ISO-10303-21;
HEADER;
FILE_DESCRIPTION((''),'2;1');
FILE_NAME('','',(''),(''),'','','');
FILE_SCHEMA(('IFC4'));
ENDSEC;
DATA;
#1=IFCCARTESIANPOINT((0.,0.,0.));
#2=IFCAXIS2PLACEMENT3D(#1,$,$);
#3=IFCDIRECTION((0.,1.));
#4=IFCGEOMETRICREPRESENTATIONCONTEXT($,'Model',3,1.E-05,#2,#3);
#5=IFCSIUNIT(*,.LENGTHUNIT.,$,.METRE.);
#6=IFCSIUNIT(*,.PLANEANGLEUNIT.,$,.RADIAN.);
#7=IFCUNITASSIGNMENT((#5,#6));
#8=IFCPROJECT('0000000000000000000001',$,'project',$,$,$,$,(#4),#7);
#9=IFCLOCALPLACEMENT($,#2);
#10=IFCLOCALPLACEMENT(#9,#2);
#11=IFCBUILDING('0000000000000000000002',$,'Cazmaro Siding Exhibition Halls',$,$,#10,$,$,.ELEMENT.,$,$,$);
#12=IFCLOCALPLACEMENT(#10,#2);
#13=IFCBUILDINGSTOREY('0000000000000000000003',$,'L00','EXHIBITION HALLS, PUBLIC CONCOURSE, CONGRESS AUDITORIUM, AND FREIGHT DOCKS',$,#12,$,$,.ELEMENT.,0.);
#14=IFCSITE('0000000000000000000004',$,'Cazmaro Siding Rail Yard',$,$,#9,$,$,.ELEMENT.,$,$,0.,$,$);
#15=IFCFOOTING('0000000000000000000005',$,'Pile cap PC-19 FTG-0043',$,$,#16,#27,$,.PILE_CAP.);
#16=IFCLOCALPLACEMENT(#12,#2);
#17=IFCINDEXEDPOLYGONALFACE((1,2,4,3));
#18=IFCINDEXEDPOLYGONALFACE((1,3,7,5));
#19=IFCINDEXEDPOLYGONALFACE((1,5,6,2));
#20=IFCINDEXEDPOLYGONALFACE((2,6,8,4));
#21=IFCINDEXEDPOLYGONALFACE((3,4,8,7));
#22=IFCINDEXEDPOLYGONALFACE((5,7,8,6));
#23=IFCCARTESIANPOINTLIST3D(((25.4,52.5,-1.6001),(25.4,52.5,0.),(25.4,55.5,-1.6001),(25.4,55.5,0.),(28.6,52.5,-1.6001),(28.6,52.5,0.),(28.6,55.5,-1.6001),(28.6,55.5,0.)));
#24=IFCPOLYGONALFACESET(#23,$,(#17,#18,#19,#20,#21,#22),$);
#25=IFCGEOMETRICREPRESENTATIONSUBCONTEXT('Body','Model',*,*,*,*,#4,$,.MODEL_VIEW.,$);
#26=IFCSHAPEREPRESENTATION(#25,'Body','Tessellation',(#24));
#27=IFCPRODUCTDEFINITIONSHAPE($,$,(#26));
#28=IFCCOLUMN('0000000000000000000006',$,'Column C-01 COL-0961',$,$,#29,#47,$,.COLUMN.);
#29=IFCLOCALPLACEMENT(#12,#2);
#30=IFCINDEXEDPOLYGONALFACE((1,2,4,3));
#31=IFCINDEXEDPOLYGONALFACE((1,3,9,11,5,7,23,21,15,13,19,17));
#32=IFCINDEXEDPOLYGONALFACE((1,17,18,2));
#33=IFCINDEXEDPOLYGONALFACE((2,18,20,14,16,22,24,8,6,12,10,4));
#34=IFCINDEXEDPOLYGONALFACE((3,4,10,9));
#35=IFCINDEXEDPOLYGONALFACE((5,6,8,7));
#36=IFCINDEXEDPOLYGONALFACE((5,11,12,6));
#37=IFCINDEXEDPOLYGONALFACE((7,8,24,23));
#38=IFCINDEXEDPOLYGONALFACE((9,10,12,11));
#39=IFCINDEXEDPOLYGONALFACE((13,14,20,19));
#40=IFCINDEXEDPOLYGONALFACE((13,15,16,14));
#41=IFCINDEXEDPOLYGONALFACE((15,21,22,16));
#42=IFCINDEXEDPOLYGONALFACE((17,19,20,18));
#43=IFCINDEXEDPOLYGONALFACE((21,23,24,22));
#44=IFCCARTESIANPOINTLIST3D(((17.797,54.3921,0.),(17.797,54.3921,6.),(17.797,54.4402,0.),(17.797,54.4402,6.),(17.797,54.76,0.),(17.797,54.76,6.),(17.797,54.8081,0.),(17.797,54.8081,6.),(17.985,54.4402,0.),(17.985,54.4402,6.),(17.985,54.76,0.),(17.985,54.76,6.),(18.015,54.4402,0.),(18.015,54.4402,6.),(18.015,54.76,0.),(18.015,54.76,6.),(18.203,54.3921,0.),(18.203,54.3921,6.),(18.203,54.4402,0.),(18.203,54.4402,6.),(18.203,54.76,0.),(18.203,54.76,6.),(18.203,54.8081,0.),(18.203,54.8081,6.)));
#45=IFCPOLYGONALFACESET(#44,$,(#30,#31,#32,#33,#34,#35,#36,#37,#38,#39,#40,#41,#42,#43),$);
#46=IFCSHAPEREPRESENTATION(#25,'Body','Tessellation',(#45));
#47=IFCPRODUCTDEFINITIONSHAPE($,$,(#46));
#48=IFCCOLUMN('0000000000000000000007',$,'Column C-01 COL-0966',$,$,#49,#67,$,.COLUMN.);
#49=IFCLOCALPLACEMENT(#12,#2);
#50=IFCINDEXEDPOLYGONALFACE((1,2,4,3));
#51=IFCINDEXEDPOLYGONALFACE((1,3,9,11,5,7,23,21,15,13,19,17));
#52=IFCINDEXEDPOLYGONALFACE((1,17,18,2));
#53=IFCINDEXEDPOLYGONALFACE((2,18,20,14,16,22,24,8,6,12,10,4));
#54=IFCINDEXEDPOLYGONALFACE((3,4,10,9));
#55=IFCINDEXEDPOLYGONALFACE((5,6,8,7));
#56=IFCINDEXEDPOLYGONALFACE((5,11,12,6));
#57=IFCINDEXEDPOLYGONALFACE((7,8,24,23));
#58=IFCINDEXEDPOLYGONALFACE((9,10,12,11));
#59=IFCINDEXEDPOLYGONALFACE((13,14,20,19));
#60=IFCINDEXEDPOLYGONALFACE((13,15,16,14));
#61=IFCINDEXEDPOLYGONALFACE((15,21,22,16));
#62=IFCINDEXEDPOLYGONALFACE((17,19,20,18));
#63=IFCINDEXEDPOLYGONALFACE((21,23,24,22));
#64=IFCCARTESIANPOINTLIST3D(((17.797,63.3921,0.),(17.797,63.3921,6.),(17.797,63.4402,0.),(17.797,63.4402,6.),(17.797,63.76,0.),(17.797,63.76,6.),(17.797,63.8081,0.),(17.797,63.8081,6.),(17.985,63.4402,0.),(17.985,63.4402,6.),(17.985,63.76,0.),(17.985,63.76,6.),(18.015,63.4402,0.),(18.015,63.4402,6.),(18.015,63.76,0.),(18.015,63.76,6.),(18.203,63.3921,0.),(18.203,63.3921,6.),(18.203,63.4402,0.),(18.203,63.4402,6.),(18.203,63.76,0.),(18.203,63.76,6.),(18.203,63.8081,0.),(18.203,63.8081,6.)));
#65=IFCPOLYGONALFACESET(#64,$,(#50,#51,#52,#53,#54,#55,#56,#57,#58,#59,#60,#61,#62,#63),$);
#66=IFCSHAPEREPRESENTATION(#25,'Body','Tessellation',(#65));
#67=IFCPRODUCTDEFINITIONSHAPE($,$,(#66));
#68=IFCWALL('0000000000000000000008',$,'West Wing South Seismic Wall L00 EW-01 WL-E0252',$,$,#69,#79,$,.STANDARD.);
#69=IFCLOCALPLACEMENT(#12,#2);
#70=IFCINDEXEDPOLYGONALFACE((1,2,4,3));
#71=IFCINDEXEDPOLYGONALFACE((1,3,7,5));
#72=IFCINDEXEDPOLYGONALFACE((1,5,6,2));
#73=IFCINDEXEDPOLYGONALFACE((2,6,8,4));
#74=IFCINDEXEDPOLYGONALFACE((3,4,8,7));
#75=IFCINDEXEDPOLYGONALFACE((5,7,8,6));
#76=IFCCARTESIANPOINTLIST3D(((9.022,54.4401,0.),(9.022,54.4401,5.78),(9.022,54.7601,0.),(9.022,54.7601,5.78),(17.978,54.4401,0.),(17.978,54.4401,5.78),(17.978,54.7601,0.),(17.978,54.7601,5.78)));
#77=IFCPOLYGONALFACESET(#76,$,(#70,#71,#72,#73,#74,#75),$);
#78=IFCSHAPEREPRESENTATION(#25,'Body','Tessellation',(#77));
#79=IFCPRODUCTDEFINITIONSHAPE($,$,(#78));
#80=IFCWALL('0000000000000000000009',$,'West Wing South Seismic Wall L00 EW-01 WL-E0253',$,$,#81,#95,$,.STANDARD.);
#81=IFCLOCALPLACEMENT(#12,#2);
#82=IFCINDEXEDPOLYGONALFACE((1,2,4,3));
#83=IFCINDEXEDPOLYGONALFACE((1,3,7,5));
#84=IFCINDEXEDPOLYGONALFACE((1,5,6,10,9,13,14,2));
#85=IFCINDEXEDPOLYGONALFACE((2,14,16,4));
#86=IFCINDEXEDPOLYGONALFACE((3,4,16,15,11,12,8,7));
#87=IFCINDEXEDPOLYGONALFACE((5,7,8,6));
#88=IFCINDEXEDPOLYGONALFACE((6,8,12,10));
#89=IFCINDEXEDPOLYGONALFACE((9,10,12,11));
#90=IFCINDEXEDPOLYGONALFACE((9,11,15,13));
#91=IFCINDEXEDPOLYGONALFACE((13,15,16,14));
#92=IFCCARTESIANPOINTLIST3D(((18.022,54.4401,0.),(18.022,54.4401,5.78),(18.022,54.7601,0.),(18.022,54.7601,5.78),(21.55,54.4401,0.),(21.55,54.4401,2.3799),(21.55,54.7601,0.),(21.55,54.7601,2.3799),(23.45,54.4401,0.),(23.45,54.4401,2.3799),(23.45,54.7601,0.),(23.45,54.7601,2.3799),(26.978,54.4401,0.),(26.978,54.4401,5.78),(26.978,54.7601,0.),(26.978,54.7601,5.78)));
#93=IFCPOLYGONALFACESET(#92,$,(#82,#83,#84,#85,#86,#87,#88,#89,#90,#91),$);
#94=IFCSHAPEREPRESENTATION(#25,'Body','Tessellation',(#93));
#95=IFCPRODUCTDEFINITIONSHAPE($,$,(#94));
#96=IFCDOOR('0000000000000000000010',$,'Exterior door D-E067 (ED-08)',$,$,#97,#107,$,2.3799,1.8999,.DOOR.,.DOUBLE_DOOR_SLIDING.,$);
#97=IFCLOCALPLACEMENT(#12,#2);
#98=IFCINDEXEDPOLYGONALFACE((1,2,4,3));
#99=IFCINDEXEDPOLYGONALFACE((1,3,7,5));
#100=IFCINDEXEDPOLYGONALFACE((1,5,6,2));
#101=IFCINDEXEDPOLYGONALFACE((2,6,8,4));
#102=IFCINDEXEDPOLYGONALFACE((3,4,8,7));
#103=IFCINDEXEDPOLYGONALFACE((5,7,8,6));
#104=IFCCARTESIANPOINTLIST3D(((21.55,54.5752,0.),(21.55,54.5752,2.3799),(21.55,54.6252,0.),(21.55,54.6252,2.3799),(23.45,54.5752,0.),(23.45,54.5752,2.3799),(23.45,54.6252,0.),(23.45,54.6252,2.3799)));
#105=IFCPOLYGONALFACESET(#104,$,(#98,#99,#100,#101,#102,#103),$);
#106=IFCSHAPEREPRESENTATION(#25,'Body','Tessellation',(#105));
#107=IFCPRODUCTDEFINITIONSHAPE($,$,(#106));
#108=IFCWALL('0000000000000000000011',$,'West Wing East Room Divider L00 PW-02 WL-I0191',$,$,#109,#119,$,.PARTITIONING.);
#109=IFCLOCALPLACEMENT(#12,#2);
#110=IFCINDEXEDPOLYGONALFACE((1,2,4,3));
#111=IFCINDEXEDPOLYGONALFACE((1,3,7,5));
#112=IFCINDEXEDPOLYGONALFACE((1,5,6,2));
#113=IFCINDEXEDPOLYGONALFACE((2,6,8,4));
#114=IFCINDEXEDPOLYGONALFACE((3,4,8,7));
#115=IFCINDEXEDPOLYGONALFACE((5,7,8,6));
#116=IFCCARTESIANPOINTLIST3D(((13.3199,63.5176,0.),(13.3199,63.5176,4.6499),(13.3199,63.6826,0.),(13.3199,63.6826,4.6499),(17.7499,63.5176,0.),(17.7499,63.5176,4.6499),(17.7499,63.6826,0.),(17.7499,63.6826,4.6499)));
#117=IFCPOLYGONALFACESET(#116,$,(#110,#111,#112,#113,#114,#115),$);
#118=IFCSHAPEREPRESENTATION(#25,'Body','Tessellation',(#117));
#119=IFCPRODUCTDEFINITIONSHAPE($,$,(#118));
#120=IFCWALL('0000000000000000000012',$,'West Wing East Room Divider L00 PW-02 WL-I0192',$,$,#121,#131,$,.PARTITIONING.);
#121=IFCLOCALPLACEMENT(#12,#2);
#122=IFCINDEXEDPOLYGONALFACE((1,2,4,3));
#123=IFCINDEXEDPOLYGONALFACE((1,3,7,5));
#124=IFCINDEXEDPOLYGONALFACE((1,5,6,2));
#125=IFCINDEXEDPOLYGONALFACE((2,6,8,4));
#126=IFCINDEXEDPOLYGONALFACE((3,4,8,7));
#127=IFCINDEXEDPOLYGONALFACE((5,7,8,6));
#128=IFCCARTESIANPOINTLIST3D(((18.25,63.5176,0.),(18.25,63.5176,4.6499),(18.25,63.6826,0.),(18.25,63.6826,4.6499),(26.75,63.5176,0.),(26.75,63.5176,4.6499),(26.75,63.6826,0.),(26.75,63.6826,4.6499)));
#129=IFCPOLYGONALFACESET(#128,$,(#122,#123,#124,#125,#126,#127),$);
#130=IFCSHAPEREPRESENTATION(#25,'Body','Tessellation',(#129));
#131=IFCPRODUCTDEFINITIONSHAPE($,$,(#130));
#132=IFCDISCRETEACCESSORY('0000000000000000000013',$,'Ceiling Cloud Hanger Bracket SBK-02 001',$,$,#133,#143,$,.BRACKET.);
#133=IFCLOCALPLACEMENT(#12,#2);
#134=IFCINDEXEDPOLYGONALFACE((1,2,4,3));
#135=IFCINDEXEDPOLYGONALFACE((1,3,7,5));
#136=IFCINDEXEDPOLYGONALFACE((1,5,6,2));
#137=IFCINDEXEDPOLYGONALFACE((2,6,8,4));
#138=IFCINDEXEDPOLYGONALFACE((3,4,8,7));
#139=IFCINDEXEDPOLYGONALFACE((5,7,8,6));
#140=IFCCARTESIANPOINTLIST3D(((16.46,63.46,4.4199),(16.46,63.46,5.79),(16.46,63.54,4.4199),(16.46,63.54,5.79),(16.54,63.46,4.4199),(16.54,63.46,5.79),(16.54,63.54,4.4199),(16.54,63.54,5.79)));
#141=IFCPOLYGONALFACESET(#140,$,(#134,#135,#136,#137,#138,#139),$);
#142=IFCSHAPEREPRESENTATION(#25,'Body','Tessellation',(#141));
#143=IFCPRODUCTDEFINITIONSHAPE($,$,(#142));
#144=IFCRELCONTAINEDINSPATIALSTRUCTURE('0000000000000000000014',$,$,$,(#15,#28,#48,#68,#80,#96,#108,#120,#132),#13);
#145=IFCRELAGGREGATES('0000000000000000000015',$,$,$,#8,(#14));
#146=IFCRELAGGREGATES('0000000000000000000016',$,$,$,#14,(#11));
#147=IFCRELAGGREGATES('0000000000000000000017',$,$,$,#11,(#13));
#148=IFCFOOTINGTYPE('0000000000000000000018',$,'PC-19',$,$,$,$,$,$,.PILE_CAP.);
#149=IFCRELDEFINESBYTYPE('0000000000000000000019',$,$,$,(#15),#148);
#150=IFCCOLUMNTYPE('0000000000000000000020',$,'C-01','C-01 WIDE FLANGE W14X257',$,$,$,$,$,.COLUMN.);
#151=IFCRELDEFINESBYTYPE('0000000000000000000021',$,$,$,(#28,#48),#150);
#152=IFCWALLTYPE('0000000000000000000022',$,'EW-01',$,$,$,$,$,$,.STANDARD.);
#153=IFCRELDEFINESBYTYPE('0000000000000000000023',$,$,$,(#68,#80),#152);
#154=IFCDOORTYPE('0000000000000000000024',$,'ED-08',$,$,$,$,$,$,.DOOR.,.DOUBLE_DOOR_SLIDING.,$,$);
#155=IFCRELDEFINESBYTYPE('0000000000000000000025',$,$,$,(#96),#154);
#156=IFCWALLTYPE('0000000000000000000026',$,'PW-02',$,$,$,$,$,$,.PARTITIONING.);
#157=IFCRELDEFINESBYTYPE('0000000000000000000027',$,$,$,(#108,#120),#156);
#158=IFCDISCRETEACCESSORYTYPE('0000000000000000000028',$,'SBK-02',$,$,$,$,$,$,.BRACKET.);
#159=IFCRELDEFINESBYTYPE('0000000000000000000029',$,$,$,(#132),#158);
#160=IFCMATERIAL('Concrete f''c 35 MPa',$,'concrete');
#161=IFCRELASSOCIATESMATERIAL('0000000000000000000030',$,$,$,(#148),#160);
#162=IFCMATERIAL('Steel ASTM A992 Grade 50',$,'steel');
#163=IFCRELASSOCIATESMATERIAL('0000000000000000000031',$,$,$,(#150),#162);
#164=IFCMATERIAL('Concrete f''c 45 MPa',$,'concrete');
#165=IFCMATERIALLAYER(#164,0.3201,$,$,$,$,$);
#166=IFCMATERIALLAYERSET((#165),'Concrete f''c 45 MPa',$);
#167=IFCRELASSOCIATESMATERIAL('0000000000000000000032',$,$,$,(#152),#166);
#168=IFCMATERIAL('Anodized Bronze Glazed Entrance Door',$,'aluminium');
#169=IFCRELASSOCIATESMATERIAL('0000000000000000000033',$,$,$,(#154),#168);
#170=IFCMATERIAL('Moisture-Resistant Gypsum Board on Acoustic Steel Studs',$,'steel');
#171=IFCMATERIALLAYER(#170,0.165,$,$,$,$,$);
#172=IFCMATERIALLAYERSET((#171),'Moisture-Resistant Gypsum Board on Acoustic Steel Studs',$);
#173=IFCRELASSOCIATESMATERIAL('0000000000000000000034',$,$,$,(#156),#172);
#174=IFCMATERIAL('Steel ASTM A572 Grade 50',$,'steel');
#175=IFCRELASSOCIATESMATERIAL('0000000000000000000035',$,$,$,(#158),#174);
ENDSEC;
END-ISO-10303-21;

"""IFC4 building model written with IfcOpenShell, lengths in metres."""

from ifc_helpers import new_model, si_unit, direction, frame, frame_2d, origin, origin_2d, place, context, subcontext, project, spatial, rectangle, i_section, extrude, material, layer, layer_set, material_profile, profile_set, type_object, element, fill, save


model = new_model("IFC4")

# Units and contexts
model_context = context("Model", 3, precision=1e-05, world=origin(), true_north=direction((0.0, 1.0)))
body_context = subcontext(model_context, "Body", "Model", "MODEL_VIEW")
ifc_project = project(units=[si_unit("LENGTHUNIT", "METRE"), si_unit("PLANEANGLEUNIT", "RADIAN")], contexts=[model_context])

# Site, building, storey
site_placement = place(None, origin())
site = spatial("IfcSite", under=ifc_project, at=site_placement, Name="Cazmaro Siding Rail Yard", CompositionType="ELEMENT", RefElevation=0.0)
building_placement = place(site_placement, origin())
building = spatial("IfcBuilding", under=site, at=building_placement, Name="Cazmaro Siding Exhibition Halls", CompositionType="ELEMENT")
storey_placement = place(building_placement, origin())
storey = spatial("IfcBuildingStorey", under=building, at=storey_placement, Name="L00", Description="EXHIBITION HALLS, PUBLIC CONCOURSE, CONGRESS AUDITORIUM, AND FREIGHT DOCKS", CompositionType="ELEMENT", Elevation=0.0)

# Footing
ifc_material_1 = material(Name="Concrete f'c 35 MPa", Category="concrete")
footing_type_1 = type_object("IfcFootingType", Name="PC-19", PredefinedType="PILE_CAP", material=ifc_material_1)
footing_1_placement = place(storey_placement, frame((27.0, 54.0, -1.6001), z_axis=(0.0, 0.0, 1.0), x_axis=(1.0, 0.0, 0.0)))
element("IfcFooting", 1, at=footing_1_placement, inside=storey, type_object=footing_type_1, Name="Pile cap PC-19 FTG-0043", PredefinedType="PILE_CAP", context=body_context, shape_type="SweptSolid", body=[
    extrude(rectangle(XDim=3.2, YDim=3.0, at=origin_2d()), origin(), (0.0, 0.0, 1.0), 1.6001),
])

# Columns
ifc_material_2 = material(Name="Steel ASTM A992 Grade 50", Category="steel")
ifc_material_profile_1 = material_profile(ifc_material_2, i_section(OverallWidth=0.406, OverallDepth=0.416, WebThickness=0.03, FlangeThickness=0.0481, at=origin_2d()), Name="W14X257")
ifc_profile_set_1 = profile_set([ifc_material_profile_1], Name="Steel ASTM A992 Grade 50")
column_type = type_object("IfcColumnType", Name="C-01", Description="C-01 WIDE FLANGE W14X257", PredefinedType="COLUMN", material=ifc_profile_set_1)
for number, where, z_axis, x_axis, name in (
    (2, (18.0, 54.6001, 0.0), (0.0, 0.0, 1.0), (1.0, 0.0, 0.0), "Column C-01 COL-0961"),
    (3, (18.0, 63.6001, 0.0), (0.0, 0.0, 1.0), (1.0, 0.0, 0.0), "Column C-01 COL-0966"),
):
    element("IfcColumn", number, at=place(storey_placement, frame(where, z_axis=z_axis, x_axis=x_axis)), inside=storey, type_object=column_type, Name=name, PredefinedType="COLUMN", context=body_context, shape_type="SweptSolid", body=[
        extrude(i_section(OverallWidth=0.406, OverallDepth=0.416, WebThickness=0.03, FlangeThickness=0.0481, at=origin_2d()), origin(), (0.0, 0.0, 1.0), 6.0),
    ])

# Wall
ifc_material_3 = material(Name="Concrete f'c 45 MPa", Category="concrete")
ifc_layer_1 = layer(ifc_material_3, 0.3201)
ifc_layer_set_1 = layer_set([ifc_layer_1], Name="Concrete f'c 45 MPa")
wall_type_1 = type_object("IfcWallType", Name="EW-01", PredefinedType="STANDARD", material=ifc_layer_set_1)
wall_1_placement = place(storey_placement, frame((17.978, 54.6001, 0.0), z_axis=(0.0, 0.0, 1.0), x_axis=(-1.0, 0.0, 0.0)))
element("IfcWall", 4, at=wall_1_placement, inside=storey, type_object=wall_type_1, Name="West Wing South Seismic Wall L00 EW-01 WL-E0252", PredefinedType="STANDARD", context=body_context, shape_type="SweptSolid", body=[
    extrude(rectangle(XDim=8.9561, YDim=0.3201, at=frame_2d((4.478, 0.0))), origin(), (0.0, 0.0, 1.0), 5.78),
])

# Wall, opening, door
wall_2_placement = place(storey_placement, frame((26.978, 54.6001, 0.0), z_axis=(0.0, 0.0, 1.0), x_axis=(-1.0, 0.0, 0.0)))
wall_2 = element("IfcWall", 5, at=wall_2_placement, inside=storey, type_object=wall_type_1, Name="West Wing South Seismic Wall L00 EW-01 WL-E0253", PredefinedType="STANDARD", context=body_context, shape_type="SweptSolid", body=[
    extrude(rectangle(XDim=8.9561, YDim=0.3201, at=frame_2d((4.478, 0.0))), origin(), (0.0, 0.0, 1.0), 5.78),
])
opening_placement = place(wall_2_placement, frame((3.5281, 0.0, 0.0)))
opening = element("IfcOpeningElement", 6, at=opening_placement, cuts=wall_2, PredefinedType="OPENING", context=body_context, shape_type="SweptSolid", body=[
    extrude(rectangle(XDim=1.8999, YDim=2.3799, at=frame_2d((0.95, 1.1899))), frame((0.0, 0.1699, 0.0), z_axis=(0.0, -1.0, 0.0), x_axis=(1.0, 0.0, 0.0)), (0.0, 0.0, 1.0), 0.3401),
])
ifc_material_4 = material(Name="Anodized Bronze Glazed Entrance Door", Category="aluminium")
door_type = type_object("IfcDoorType", Name="ED-08", OperationType="DOUBLE_DOOR_SLIDING", PredefinedType="DOOR", material=ifc_material_4)
door_placement = place(opening_placement, origin())
door = element("IfcDoor", 7, at=door_placement, inside=storey, type_object=door_type, Name="Exterior door D-E067 (ED-08)", OperationType="DOUBLE_DOOR_SLIDING", OverallHeight=2.3799, OverallWidth=1.8999, PredefinedType="DOOR", context=body_context, shape_type="SweptSolid", body=[
    extrude(rectangle(XDim=1.8999, YDim=2.3799, at=frame_2d((0.95, 1.1899))), frame((0.0, 0.0249, 0.0), z_axis=(0.0, -1.0, 0.0), x_axis=(1.0, 0.0, 0.0)), (0.0, 0.0, 1.0), 0.05),
])
fill(opening, door)

# Walls
ifc_material_5 = material(Name="Moisture-Resistant Gypsum Board on Acoustic Steel Studs", Category="steel")
ifc_layer_2 = layer(ifc_material_5, 0.165)
ifc_layer_set_2 = layer_set([ifc_layer_2], Name="Moisture-Resistant Gypsum Board on Acoustic Steel Studs")
wall_type_2 = type_object("IfcWallType", Name="PW-02", PredefinedType="PARTITIONING", material=ifc_layer_set_2)
wall_3_placement = place(storey_placement, frame((13.3201, 63.6001, 0.0), z_axis=(0.0, 0.0, 1.0), x_axis=(1.0, 0.0, 0.0)))
element("IfcWall", 8, at=wall_3_placement, inside=storey, type_object=wall_type_2, Name="West Wing East Room Divider L00 PW-02 WL-I0191", PredefinedType="PARTITIONING", context=body_context, shape_type="SweptSolid", body=[
    extrude(rectangle(XDim=4.4299, YDim=0.165, at=frame_2d((2.2148, 0.0))), origin(), (0.0, 0.0, 1.0), 4.6499),
])
wall_4_placement = place(storey_placement, frame((18.25, 63.6001, 0.0), z_axis=(0.0, 0.0, 1.0), x_axis=(1.0, 0.0, 0.0)))
element("IfcWall", 9, at=wall_4_placement, inside=storey, type_object=wall_type_2, Name="West Wing East Room Divider L00 PW-02 WL-I0192", PredefinedType="PARTITIONING", context=body_context, shape_type="SweptSolid", body=[
    extrude(rectangle(XDim=8.5, YDim=0.165, at=frame_2d((4.25, 0.0))), origin(), (0.0, 0.0, 1.0), 4.6499),
])

# Discrete accessory
ifc_material_6 = material(Name="Steel ASTM A572 Grade 50", Category="steel")
discrete_accessory_type = type_object("IfcDiscreteAccessoryType", Name="SBK-02", PredefinedType="BRACKET", material=ifc_material_6)
discrete_accessory_placement = place(storey_placement, frame((16.5, 63.5, 4.4199), z_axis=(0.0, 0.0, 1.0), x_axis=(1.0, 0.0, 0.0)))
element("IfcDiscreteAccessory", 10, at=discrete_accessory_placement, inside=storey, type_object=discrete_accessory_type, Name="Ceiling Cloud Hanger Bracket SBK-02 001", PredefinedType="BRACKET", context=body_context, shape_type="SweptSolid", body=[
    extrude(rectangle(XDim=0.0801, YDim=0.0801, at=origin_2d()), origin(), (0.0, 0.0, 1.0), 1.3701),
])

save(model, "model.ifc")
